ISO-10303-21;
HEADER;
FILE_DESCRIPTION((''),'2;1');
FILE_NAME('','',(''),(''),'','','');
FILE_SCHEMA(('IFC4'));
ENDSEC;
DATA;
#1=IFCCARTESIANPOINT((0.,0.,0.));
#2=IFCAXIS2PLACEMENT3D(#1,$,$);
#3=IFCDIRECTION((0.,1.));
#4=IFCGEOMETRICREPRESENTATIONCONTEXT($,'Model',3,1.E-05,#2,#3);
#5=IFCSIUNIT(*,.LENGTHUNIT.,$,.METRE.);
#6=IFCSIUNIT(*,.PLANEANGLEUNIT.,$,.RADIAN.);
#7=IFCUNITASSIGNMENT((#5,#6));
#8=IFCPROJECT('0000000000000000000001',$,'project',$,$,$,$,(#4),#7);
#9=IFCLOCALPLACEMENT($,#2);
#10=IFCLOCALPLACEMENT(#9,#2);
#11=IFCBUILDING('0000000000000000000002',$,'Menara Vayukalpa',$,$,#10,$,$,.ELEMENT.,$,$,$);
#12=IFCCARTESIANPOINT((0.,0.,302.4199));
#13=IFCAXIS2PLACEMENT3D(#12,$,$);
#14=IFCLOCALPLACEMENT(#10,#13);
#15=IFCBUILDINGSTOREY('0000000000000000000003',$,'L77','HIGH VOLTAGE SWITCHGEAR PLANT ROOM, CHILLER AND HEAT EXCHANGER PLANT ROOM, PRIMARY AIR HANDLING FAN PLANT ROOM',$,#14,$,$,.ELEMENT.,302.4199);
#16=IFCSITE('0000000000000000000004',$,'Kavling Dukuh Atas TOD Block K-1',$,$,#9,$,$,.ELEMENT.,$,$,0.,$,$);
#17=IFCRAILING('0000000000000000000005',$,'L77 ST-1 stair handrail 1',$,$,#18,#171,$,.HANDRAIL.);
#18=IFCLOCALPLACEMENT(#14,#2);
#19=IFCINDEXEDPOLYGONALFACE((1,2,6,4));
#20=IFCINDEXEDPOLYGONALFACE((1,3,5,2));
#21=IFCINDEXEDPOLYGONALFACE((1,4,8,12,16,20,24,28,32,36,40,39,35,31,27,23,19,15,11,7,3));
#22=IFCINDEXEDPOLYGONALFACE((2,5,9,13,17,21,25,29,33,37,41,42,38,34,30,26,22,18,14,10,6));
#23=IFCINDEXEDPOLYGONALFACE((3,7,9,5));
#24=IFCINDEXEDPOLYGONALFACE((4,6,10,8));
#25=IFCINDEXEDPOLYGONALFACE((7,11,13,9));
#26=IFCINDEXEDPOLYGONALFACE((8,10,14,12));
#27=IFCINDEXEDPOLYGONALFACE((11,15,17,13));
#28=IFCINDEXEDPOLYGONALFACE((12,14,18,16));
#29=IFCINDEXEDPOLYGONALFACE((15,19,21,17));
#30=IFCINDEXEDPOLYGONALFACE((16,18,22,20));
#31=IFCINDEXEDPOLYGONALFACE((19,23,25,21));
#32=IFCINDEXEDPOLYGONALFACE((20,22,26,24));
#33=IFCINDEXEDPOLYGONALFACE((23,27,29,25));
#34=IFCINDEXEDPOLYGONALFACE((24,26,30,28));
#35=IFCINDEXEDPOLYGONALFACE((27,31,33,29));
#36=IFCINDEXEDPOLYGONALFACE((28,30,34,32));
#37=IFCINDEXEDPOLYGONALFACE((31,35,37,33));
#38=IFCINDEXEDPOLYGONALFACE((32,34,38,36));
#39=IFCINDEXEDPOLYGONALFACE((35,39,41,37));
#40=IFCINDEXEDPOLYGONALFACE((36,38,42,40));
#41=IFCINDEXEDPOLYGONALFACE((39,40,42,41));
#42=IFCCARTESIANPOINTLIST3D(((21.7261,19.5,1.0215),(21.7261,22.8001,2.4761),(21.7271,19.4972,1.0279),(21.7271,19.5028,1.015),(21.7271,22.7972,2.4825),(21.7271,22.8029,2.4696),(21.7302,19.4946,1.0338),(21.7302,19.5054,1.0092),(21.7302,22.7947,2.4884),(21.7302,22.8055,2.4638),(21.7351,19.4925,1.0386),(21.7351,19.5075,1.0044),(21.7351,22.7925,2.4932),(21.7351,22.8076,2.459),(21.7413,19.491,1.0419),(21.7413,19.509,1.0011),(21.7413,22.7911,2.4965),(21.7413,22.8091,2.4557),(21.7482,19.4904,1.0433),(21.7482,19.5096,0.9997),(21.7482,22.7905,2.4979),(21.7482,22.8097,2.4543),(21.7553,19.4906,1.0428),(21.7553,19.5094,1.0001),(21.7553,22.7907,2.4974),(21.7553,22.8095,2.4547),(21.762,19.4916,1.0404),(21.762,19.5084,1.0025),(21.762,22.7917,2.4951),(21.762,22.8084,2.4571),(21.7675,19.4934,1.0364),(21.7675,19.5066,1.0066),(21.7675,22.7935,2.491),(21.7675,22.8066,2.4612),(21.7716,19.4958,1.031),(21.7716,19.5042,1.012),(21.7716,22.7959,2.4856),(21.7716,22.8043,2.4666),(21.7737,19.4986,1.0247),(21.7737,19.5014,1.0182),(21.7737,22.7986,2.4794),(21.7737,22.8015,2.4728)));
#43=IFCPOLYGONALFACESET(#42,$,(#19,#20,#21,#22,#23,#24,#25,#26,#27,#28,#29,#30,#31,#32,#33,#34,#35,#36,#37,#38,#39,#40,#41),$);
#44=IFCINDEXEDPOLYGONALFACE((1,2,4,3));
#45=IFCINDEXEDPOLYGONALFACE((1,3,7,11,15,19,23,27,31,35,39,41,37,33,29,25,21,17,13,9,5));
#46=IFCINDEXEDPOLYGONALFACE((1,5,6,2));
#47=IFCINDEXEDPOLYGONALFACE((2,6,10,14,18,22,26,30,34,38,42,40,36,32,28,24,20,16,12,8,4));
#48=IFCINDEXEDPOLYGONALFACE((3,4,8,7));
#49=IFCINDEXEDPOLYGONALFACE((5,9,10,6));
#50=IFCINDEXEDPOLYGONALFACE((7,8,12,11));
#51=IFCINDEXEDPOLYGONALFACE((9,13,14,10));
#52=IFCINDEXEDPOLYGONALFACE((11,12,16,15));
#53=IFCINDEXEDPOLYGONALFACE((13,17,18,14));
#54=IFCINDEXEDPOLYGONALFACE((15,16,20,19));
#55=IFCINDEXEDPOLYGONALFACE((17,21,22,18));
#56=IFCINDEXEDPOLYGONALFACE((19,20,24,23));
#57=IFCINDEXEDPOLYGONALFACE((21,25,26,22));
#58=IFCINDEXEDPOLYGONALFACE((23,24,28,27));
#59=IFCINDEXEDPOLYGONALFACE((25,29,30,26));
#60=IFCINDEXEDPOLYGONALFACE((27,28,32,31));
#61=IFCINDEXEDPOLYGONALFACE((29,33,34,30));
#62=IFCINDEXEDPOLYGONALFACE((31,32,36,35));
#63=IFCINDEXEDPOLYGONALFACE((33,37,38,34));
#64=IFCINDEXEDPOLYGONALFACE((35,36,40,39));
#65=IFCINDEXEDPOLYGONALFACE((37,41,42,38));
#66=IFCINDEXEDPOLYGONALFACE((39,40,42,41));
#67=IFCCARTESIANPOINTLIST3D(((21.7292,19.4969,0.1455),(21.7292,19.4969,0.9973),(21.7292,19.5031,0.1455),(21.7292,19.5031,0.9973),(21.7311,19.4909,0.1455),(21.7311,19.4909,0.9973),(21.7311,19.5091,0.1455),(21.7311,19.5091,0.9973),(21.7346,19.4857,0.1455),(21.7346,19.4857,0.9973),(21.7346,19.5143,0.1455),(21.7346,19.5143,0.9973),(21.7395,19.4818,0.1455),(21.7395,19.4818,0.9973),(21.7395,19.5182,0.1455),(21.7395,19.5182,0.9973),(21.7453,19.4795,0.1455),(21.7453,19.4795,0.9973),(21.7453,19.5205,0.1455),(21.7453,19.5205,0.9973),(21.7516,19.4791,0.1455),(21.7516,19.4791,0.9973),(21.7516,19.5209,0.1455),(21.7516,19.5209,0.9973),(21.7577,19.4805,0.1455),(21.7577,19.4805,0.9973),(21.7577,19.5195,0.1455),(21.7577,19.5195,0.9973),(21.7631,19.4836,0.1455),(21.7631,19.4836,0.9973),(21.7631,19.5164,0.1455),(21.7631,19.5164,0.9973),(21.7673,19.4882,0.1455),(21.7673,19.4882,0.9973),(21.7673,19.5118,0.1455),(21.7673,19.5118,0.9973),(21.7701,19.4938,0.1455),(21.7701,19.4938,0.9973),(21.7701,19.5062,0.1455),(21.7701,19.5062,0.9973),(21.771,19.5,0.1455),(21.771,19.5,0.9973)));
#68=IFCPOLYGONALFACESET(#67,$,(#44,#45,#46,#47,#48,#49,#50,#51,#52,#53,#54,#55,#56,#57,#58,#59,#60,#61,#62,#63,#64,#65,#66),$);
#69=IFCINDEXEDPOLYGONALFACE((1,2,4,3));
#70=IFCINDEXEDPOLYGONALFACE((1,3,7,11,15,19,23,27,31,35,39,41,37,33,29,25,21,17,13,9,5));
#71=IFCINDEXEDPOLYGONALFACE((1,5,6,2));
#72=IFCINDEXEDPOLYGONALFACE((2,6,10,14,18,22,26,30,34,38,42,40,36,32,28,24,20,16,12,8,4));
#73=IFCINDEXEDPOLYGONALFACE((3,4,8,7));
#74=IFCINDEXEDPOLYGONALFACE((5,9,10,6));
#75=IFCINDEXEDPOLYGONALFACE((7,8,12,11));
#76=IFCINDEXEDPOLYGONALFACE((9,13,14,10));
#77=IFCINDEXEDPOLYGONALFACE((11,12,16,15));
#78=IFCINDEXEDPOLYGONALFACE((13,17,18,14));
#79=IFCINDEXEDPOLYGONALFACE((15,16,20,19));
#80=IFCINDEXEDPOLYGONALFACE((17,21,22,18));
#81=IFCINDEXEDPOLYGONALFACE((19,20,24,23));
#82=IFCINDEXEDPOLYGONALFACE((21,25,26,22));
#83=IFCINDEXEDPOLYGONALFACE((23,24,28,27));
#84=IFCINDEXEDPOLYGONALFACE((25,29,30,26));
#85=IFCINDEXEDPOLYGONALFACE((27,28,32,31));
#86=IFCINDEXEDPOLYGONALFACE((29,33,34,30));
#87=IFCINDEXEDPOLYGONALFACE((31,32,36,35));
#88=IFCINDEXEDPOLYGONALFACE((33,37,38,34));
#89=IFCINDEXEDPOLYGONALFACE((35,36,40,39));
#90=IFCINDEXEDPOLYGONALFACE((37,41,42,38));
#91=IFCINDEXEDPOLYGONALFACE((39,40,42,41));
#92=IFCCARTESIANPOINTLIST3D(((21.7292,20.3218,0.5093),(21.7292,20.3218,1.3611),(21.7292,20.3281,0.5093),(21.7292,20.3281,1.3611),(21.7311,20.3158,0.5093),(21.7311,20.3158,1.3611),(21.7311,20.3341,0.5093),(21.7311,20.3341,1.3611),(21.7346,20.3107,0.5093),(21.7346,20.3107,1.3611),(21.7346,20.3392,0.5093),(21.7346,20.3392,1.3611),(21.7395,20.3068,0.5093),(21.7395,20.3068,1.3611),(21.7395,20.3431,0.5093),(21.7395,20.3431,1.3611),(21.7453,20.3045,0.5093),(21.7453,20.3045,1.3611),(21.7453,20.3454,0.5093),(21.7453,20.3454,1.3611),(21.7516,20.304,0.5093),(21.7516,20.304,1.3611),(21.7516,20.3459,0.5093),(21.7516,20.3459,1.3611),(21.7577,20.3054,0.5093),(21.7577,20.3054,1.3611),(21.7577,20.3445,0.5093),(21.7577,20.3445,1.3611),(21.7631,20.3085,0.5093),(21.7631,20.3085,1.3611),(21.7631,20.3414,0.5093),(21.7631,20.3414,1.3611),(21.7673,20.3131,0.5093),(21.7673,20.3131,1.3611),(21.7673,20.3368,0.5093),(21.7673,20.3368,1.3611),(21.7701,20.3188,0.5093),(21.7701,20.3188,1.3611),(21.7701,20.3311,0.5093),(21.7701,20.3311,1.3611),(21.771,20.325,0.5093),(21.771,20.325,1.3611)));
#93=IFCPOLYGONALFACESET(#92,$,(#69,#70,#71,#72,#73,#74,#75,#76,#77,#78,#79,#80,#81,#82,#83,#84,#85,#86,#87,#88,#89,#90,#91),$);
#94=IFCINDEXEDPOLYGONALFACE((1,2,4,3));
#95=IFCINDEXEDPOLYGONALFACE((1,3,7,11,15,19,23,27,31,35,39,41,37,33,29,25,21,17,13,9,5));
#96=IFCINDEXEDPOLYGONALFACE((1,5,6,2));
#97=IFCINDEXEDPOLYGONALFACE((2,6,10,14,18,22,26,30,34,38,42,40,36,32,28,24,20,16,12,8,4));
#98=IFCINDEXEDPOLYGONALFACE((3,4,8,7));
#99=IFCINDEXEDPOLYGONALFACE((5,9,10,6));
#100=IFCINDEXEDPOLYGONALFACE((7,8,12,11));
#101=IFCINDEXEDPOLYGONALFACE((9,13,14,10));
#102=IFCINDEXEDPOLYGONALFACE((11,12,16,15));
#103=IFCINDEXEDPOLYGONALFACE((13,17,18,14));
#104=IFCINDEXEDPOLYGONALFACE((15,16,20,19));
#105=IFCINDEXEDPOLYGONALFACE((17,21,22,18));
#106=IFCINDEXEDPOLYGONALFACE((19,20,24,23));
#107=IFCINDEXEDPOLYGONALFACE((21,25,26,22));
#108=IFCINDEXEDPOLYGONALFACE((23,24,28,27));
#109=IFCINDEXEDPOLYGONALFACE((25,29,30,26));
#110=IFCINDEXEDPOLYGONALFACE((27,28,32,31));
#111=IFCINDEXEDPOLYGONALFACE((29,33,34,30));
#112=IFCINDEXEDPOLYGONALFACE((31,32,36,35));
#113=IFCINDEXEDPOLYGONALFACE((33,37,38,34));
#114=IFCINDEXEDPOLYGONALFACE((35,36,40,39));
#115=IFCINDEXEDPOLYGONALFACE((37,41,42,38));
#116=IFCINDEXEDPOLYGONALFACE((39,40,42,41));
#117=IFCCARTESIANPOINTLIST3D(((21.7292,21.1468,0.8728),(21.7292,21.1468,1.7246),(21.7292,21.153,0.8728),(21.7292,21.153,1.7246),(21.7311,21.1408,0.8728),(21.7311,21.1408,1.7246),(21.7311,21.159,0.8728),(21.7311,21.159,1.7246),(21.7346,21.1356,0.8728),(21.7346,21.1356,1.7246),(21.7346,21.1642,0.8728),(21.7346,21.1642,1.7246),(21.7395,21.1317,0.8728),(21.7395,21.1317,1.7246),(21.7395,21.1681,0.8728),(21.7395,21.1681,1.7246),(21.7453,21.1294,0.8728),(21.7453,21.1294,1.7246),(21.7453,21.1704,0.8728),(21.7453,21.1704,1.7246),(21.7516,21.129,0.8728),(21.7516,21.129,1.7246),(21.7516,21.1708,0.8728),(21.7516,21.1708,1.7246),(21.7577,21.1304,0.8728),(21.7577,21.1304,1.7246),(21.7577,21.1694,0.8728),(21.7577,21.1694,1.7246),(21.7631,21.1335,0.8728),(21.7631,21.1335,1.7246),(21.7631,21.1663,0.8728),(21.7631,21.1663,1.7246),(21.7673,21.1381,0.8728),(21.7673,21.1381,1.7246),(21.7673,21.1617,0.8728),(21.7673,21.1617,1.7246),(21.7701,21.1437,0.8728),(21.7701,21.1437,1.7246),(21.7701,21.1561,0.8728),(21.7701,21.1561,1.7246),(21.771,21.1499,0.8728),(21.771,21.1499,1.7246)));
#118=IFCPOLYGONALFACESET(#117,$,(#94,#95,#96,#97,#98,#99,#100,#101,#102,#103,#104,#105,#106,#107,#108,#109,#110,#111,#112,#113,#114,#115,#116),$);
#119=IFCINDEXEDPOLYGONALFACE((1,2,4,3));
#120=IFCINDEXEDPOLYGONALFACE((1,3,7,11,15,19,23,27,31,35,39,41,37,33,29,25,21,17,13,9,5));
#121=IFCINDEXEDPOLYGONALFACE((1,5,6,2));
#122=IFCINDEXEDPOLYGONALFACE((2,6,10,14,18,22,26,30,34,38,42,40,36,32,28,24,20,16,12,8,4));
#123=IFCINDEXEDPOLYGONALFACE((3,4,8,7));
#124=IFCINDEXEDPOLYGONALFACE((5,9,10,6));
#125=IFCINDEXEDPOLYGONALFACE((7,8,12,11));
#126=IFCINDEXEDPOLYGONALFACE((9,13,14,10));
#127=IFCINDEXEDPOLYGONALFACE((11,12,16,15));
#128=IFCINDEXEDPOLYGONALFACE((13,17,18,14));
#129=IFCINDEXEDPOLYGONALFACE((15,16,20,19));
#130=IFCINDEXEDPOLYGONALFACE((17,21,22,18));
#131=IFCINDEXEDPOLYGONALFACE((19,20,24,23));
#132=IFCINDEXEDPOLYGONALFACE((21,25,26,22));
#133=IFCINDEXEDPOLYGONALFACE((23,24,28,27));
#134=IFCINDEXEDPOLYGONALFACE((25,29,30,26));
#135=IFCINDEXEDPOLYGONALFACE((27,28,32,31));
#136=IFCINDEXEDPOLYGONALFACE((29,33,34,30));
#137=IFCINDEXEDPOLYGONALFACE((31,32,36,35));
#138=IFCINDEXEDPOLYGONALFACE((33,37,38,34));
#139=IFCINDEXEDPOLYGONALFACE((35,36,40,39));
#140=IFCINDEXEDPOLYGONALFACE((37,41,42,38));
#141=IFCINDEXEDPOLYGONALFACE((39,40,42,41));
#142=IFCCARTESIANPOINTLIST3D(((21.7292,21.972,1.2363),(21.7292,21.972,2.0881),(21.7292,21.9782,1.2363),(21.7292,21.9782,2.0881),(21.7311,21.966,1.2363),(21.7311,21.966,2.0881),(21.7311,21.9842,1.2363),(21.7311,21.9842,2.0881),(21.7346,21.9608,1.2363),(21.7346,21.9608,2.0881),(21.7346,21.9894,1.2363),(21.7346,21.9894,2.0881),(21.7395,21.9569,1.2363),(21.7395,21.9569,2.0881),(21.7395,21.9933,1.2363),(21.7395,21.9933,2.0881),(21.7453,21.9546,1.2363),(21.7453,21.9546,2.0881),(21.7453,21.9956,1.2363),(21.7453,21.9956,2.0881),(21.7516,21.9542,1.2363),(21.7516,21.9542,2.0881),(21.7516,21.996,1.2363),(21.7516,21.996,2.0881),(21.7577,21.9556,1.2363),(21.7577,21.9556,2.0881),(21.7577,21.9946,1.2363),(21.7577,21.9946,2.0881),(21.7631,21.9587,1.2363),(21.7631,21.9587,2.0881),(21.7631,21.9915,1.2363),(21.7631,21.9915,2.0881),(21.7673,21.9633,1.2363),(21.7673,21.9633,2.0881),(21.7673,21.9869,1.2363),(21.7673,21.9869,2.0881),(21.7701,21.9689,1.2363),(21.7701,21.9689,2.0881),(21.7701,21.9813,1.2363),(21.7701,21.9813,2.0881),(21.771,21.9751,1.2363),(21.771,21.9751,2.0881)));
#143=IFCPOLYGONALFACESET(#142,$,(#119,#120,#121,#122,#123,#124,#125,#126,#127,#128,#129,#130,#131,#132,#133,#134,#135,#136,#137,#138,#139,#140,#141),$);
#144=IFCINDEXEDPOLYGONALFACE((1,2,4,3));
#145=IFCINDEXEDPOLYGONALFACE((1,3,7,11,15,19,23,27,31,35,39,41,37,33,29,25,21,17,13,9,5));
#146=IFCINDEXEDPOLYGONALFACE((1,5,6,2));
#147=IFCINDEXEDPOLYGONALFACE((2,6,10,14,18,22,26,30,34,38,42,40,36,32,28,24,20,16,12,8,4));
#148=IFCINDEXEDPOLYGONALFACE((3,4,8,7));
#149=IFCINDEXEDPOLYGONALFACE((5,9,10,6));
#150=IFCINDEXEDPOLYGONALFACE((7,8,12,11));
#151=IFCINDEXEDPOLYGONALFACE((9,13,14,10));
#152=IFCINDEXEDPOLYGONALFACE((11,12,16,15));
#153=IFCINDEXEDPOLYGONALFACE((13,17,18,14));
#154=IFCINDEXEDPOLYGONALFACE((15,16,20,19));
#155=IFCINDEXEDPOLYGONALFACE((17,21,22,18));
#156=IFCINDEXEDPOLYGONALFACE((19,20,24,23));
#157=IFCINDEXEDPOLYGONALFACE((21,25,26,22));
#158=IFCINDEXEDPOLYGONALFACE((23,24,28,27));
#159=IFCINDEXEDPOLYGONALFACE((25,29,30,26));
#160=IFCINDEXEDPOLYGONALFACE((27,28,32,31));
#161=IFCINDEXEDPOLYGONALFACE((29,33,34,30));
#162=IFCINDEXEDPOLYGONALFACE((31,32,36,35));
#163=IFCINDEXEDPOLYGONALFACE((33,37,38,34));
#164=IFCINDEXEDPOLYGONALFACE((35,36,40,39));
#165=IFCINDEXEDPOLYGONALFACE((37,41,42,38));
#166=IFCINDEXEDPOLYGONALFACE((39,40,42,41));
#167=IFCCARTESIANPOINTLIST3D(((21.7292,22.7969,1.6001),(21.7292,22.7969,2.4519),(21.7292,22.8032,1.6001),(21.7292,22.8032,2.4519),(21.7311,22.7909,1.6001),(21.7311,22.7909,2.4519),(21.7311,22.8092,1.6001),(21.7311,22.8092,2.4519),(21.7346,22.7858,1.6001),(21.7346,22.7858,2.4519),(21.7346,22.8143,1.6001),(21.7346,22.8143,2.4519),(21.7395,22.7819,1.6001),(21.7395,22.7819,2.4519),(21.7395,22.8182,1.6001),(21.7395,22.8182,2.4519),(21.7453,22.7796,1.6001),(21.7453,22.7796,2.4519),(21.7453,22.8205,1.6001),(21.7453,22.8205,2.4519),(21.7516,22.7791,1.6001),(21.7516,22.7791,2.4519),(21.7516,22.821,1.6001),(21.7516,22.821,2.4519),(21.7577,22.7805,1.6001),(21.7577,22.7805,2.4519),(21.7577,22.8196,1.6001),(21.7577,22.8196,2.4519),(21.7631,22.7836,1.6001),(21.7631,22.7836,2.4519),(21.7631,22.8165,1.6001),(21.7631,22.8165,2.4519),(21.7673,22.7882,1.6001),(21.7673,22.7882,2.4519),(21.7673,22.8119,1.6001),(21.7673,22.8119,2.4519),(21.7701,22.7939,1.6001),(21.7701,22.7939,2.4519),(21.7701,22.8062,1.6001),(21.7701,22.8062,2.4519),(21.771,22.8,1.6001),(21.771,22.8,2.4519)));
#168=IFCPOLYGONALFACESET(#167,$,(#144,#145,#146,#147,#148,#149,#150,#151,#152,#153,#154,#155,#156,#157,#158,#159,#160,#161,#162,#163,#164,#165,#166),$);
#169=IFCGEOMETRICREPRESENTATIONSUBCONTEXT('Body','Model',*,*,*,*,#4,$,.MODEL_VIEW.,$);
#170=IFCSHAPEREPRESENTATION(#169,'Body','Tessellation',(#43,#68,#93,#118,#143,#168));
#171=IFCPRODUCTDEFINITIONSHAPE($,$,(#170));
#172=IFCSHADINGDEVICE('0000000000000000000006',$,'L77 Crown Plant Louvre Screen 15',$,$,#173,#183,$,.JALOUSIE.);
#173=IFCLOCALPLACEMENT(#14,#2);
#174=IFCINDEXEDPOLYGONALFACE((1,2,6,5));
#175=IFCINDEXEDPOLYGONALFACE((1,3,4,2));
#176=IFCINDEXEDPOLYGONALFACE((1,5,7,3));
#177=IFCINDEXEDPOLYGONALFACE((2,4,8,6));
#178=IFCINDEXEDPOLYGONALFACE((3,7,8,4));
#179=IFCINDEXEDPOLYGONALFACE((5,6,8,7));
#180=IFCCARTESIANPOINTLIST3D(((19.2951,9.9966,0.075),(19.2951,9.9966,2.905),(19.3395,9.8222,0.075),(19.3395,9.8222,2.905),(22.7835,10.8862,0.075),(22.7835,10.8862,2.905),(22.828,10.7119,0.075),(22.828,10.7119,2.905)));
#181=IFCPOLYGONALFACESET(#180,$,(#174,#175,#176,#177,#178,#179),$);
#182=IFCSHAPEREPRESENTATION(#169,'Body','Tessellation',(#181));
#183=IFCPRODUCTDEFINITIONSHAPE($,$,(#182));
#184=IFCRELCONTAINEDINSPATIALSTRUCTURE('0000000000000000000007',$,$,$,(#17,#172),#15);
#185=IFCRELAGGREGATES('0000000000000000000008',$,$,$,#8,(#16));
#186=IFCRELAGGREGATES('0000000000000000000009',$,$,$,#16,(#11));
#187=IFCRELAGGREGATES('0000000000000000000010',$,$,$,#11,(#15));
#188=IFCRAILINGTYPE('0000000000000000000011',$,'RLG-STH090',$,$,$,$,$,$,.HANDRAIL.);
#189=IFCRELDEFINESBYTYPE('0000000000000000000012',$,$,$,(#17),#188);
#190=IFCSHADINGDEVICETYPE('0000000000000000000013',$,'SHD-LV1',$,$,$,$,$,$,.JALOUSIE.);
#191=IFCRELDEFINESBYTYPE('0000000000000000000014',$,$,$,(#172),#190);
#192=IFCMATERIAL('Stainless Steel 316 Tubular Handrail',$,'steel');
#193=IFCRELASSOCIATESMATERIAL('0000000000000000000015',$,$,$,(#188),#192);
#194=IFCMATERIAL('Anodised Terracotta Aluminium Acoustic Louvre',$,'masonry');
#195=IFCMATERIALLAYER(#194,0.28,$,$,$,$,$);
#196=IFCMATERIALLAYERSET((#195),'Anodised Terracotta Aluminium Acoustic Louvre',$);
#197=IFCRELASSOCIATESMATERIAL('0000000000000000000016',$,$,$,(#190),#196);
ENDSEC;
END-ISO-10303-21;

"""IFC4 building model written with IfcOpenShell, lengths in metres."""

from ifc_helpers import new_model, si_unit, direction, frame, origin, origin_2d, place, context, subcontext, project, spatial, rectangle, circle, extrude, material, layer, layer_set, type_object, element, save


model = new_model("IFC4")

# Units and contexts
model_context = context("Model", 3, precision=1e-05, world=origin(), true_north=direction((0.0, 1.0)))
body_context = subcontext(model_context, "Body", "Model", "MODEL_VIEW")
ifc_project = project(units=[si_unit("LENGTHUNIT", "METRE"), si_unit("PLANEANGLEUNIT", "RADIAN")], contexts=[model_context])

# Site, building, storey
site_placement = place(None, origin())
site = spatial("IfcSite", under=ifc_project, at=site_placement, Name="Kavling Dukuh Atas TOD Block K-1", CompositionType="ELEMENT", RefElevation=0.0)
building_placement = place(site_placement, origin())
building = spatial("IfcBuilding", under=site, at=building_placement, Name="Menara Vayukalpa", CompositionType="ELEMENT")
storey_placement = place(building_placement, frame((0.0, 0.0, 302.4199)))
storey = spatial("IfcBuildingStorey", under=building, at=storey_placement, Name="L77", Description="HIGH VOLTAGE SWITCHGEAR PLANT ROOM, CHILLER AND HEAT EXCHANGER PLANT ROOM, PRIMARY AIR HANDLING FAN PLANT ROOM", CompositionType="ELEMENT", Elevation=302.4199)

# Railing
ifc_material_1 = material(Name="Stainless Steel 316 Tubular Handrail", Category="steel")
railing_type_1 = type_object("IfcRailingType", Name="RLG-STH090", PredefinedType="HANDRAIL", material=ifc_material_1)
railing_1_placement = place(storey_placement, frame((21.75, 19.5, 0.1455)))
element("IfcRailing", 1, at=railing_1_placement, inside=storey, type_object=railing_type_1, Name="L77 ST-1 stair handrail 1", PredefinedType="HANDRAIL", context=body_context, shape_type="SweptSolid", body=[
    extrude(circle(Radius=0.0239, at=origin_2d()), frame((0.0, 0.0, 0.876), z_axis=(0.0, 0.915052, 0.403335), x_axis=(-1.0, 0.0, 0.0)), (0.0, 0.0, 1.0), 3.6064),
    extrude(circle(Radius=0.021, at=origin_2d()), origin(), (0.0, 0.0, 1.0), 0.8518),
    extrude(circle(Radius=0.021, at=origin_2d()), frame((0.0, 0.825, 0.3638)), (0.0, 0.0, 1.0), 0.8518),
    extrude(circle(Radius=0.021, at=origin_2d()), frame((0.0, 1.6499, 0.7273)), (0.0, 0.0, 1.0), 0.8518),
    extrude(circle(Radius=0.021, at=origin_2d()), frame((0.0, 2.4751, 1.0908)), (0.0, 0.0, 1.0), 0.8518),
    extrude(circle(Radius=0.021, at=origin_2d()), frame((0.0, 3.3, 1.4546)), (0.0, 0.0, 1.0), 0.8518),
])

# Shading device
ifc_material_2 = material(Name="Anodised Terracotta Aluminium Acoustic Louvre", Category="masonry")
ifc_layer_1 = layer(ifc_material_2, 0.28)
ifc_layer_set_1 = layer_set([ifc_layer_1], Name="Anodised Terracotta Aluminium Acoustic Louvre")
shading_device_type = type_object("IfcShadingDeviceType", Name="SHD-LV1", PredefinedType="JALOUSIE", material=ifc_layer_set_1)
shading_device_placement = place(storey_placement, frame((21.0615, 10.3542, 0.075), z_axis=(0.0, 0.0, 1.0), x_axis=(0.968986, 0.247117, 0.0)))
element("IfcShadingDevice", 2, at=shading_device_placement, inside=storey, type_object=shading_device_type, Name="L77 Crown Plant Louvre Screen 15", PredefinedType="JALOUSIE", context=body_context, shape_type="SweptSolid", body=[
    extrude(rectangle(XDim=3.6001, YDim=0.1799, at=origin_2d()), origin(), (0.0, 0.0, 1.0), 2.8301),
])

save(model, "model.ifc")
